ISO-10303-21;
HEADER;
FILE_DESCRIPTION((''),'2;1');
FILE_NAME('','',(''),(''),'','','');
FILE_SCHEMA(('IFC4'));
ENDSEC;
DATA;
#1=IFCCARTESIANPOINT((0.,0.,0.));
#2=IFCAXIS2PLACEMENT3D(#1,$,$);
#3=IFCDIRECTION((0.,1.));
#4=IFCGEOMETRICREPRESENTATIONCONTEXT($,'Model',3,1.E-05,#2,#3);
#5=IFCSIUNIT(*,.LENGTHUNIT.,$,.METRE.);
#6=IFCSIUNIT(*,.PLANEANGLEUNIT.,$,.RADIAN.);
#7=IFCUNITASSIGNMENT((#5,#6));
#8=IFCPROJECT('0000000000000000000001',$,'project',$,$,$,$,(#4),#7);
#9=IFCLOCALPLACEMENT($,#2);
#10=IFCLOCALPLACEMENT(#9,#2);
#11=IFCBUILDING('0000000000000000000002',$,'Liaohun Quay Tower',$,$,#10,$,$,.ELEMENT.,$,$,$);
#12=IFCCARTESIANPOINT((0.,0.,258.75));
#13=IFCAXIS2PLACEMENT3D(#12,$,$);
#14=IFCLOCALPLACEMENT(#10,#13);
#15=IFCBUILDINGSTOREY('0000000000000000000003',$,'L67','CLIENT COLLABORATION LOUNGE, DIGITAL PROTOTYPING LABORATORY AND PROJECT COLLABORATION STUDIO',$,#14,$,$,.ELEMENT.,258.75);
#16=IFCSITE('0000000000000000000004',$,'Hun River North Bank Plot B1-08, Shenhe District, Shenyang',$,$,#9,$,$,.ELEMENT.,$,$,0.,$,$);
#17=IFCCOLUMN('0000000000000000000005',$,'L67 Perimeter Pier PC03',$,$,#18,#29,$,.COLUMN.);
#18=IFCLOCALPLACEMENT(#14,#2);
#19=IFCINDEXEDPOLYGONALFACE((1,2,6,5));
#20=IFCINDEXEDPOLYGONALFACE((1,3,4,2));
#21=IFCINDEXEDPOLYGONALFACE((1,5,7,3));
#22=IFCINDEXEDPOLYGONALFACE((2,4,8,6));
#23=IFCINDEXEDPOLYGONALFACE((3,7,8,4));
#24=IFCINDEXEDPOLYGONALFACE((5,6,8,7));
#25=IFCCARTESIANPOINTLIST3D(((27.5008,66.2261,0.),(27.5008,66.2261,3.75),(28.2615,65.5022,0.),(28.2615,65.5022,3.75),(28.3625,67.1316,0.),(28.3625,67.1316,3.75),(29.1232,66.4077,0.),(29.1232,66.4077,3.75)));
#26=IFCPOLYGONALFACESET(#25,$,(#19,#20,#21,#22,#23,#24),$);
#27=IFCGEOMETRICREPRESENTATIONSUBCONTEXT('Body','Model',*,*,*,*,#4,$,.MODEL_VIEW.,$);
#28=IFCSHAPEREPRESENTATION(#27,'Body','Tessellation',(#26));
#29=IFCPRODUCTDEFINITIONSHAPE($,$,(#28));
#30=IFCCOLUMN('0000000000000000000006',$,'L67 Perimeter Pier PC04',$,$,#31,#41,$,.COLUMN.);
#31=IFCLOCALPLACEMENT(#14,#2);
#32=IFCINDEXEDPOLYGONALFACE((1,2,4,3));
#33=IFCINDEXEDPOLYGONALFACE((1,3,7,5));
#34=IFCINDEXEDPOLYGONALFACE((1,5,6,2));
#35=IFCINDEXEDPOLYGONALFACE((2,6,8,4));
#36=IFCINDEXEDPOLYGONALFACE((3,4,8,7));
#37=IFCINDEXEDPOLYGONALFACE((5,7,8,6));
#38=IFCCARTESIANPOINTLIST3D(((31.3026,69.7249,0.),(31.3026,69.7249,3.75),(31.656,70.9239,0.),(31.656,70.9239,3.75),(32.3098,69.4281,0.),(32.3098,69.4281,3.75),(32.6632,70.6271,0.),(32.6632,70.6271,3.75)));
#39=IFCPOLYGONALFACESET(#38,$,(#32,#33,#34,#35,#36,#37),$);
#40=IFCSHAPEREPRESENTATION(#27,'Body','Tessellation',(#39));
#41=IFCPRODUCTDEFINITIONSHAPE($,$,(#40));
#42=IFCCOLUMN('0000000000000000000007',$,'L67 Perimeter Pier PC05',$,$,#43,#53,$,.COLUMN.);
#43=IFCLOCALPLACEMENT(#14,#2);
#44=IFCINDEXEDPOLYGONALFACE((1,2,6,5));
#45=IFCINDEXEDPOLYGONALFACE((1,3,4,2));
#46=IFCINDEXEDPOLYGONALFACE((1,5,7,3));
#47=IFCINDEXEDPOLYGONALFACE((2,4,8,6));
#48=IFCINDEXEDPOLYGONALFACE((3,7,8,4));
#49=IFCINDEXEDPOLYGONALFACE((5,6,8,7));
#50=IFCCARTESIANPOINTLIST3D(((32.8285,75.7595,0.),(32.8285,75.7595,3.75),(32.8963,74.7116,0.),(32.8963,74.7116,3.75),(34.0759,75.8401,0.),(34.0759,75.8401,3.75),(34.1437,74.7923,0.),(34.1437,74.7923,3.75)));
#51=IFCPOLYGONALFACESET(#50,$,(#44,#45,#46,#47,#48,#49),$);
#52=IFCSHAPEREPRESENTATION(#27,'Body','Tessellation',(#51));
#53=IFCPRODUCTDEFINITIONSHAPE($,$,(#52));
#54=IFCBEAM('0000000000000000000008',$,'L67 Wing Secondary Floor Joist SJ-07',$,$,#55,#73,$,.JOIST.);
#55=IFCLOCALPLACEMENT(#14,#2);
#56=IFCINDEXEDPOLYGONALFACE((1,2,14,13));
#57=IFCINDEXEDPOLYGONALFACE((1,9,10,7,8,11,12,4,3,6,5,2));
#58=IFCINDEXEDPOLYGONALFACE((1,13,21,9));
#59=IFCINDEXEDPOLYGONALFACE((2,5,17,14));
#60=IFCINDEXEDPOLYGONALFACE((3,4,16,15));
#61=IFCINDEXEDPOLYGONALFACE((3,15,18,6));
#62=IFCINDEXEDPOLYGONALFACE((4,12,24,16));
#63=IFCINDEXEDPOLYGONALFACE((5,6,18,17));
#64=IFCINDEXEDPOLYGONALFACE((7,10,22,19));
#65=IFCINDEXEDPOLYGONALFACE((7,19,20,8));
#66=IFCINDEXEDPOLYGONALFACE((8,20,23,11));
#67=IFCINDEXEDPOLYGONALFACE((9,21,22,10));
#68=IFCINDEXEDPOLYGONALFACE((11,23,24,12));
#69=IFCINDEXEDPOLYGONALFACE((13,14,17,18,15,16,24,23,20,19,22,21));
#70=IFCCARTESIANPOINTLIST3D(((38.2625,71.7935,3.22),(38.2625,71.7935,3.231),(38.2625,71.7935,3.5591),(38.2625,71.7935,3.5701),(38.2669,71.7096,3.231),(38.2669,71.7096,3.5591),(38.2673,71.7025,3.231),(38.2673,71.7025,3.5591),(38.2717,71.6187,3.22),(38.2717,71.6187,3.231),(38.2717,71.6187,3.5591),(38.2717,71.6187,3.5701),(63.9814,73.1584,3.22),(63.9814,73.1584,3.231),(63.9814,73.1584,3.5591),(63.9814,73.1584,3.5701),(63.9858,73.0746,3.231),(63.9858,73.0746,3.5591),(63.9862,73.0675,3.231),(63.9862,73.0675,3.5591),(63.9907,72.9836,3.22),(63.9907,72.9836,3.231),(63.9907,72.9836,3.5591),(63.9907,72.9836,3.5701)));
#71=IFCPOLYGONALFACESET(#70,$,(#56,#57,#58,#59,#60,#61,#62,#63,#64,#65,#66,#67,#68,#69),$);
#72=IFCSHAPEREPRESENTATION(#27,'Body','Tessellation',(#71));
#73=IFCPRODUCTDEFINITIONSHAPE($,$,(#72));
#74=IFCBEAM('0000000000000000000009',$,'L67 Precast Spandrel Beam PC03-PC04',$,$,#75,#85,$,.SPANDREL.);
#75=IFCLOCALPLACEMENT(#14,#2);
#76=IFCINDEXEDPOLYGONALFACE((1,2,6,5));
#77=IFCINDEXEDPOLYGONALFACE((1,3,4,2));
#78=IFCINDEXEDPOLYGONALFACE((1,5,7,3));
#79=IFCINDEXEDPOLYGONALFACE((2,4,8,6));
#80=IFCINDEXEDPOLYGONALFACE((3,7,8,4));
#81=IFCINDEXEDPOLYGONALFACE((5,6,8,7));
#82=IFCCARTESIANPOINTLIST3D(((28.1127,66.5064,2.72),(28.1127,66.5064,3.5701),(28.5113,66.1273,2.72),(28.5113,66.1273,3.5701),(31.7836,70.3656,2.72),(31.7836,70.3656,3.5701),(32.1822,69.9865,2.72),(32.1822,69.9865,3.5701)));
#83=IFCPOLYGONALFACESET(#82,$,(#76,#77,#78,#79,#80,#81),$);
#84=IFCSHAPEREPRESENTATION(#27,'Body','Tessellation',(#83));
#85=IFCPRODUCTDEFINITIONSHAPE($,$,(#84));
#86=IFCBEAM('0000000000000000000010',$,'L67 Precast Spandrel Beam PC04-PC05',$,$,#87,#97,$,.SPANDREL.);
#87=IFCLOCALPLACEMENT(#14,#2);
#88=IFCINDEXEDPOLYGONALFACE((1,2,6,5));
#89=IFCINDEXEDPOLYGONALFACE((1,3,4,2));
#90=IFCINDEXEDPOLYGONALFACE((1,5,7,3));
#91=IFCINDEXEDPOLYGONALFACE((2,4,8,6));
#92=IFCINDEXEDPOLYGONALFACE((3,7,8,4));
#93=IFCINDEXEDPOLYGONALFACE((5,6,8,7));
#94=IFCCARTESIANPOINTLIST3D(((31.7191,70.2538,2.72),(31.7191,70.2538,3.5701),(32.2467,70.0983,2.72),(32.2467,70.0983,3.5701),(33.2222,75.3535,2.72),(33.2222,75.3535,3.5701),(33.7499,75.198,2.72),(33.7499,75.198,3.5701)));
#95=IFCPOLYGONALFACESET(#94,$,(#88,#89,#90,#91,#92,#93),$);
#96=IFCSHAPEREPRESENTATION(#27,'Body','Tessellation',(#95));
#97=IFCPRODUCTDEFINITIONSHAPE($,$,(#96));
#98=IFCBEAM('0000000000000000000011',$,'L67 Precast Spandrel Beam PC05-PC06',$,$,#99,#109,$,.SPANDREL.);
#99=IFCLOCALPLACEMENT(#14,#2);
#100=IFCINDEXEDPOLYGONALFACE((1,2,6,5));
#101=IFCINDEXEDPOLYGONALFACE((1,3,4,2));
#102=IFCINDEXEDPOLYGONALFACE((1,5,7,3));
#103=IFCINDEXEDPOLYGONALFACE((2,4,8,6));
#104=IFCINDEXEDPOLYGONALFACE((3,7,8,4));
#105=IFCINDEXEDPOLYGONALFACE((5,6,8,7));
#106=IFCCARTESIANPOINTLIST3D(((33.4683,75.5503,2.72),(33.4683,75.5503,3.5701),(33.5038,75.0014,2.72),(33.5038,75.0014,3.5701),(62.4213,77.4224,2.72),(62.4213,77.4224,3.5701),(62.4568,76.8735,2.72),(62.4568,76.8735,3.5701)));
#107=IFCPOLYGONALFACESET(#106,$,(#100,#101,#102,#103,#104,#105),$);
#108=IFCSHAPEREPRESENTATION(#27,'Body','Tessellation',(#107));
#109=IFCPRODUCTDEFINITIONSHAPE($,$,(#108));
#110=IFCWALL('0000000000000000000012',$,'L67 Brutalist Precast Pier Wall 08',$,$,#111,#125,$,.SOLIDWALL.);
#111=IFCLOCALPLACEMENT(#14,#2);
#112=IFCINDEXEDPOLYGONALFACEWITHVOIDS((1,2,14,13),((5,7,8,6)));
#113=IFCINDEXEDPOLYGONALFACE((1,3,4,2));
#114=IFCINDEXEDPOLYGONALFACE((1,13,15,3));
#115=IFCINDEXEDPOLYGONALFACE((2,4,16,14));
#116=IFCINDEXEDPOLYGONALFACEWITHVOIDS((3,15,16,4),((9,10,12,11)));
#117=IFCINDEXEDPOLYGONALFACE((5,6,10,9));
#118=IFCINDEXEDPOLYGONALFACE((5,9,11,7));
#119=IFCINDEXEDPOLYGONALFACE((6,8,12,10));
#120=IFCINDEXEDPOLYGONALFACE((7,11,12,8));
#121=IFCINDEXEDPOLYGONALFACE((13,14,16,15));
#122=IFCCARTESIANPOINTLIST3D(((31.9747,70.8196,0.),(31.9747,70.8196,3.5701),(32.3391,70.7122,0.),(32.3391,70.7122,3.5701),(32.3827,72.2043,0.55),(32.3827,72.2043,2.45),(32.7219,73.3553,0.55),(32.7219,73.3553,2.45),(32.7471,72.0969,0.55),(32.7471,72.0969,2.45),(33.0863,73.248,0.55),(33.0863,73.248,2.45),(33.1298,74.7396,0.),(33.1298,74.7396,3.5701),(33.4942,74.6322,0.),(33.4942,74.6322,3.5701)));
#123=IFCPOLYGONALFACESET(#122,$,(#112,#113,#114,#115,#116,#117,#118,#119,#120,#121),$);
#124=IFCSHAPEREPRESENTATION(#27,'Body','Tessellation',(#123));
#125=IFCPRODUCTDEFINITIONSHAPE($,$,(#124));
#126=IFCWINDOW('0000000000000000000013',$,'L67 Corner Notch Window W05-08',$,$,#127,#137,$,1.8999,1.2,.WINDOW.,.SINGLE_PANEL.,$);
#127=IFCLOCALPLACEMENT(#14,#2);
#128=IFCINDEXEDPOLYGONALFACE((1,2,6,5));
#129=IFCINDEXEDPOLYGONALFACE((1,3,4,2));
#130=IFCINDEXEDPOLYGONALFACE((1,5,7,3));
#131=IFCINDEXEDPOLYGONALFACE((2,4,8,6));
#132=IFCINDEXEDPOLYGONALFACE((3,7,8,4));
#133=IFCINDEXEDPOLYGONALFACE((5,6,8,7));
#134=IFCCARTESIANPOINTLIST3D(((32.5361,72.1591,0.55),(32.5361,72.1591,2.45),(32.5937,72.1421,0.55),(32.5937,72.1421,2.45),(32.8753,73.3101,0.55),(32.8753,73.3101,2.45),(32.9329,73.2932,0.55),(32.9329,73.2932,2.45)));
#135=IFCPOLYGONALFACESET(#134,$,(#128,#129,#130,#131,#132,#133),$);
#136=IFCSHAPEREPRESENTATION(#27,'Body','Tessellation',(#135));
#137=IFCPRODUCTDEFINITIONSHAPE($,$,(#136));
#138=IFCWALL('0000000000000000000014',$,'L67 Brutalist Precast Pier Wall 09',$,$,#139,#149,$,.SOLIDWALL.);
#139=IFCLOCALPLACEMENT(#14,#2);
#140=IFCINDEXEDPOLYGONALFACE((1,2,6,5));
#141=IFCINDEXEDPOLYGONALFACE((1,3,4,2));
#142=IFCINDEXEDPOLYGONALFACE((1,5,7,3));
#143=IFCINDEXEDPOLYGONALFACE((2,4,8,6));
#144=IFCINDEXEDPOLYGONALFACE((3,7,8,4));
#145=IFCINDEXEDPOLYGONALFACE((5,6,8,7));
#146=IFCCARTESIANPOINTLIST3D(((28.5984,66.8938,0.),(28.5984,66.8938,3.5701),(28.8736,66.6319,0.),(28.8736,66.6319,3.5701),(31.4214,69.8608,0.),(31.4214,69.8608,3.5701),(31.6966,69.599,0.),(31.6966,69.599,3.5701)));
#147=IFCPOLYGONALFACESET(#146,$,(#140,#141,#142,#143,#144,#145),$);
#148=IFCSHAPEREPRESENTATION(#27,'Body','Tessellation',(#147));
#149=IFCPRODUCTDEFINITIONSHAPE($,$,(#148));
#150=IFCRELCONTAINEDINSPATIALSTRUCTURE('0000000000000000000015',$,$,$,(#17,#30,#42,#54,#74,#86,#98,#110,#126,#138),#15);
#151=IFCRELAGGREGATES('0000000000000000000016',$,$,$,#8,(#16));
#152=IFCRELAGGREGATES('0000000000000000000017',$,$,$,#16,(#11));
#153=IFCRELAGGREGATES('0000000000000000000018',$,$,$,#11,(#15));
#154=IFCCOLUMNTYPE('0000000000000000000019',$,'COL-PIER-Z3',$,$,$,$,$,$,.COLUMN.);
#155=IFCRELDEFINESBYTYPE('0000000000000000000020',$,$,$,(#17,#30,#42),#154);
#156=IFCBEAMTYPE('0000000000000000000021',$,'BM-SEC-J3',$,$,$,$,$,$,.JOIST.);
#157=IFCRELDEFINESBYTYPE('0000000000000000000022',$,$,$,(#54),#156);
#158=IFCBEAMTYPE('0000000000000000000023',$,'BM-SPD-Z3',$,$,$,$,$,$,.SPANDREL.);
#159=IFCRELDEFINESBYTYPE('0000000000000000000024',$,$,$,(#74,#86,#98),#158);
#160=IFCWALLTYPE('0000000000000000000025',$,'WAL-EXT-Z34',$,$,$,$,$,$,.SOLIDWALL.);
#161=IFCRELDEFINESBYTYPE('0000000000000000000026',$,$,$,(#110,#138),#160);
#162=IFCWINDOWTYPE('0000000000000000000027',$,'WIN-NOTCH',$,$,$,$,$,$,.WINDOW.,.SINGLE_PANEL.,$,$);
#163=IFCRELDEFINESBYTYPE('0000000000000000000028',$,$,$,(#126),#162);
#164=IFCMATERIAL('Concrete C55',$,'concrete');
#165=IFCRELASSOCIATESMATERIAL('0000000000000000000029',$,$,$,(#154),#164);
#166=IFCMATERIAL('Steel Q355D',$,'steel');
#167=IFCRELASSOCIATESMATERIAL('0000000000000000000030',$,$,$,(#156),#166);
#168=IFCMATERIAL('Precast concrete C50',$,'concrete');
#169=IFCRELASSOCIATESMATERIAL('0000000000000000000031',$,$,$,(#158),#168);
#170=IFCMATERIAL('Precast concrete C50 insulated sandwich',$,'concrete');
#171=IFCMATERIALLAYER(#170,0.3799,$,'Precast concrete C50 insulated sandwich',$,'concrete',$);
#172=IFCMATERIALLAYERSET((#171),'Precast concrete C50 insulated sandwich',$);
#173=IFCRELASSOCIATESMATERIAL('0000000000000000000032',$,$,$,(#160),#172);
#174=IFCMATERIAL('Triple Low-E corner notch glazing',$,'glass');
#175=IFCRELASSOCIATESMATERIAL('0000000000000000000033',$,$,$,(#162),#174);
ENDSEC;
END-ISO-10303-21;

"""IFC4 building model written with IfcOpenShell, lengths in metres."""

from ifc_helpers import new_model, si_unit, direction, frame, frame_2d, origin, origin_2d, place, context, subcontext, project, spatial, rectangle, i_section, extrude, source, transform, mapped, material, layer, layer_set, material_profile, profile_set, type_object, element, fill, save


model = new_model("IFC4")

# Units and contexts
model_context = context("Model", 3, precision=1e-05, world=origin(), true_north=direction((0.0, 1.0)))
body_context = subcontext(model_context, "Body", "Model", "MODEL_VIEW")
ifc_project = project(units=[si_unit("LENGTHUNIT", "METRE"), si_unit("PLANEANGLEUNIT", "RADIAN")], contexts=[model_context])

# Site, building, storey
site_placement = place(None, origin())
site = spatial("IfcSite", under=ifc_project, at=site_placement, Name="Hun River North Bank Plot B1-08, Shenhe District, Shenyang", CompositionType="ELEMENT", RefElevation=0.0)
building_placement = place(site_placement, origin())
building = spatial("IfcBuilding", under=site, at=building_placement, Name="Liaohun Quay Tower", CompositionType="ELEMENT")
storey_placement = place(building_placement, frame((0.0, 0.0, 258.75)))
storey = spatial("IfcBuildingStorey", under=building, at=storey_placement, Name="L67", Description="CLIENT COLLABORATION LOUNGE, DIGITAL PROTOTYPING LABORATORY AND PROJECT COLLABORATION STUDIO", CompositionType="ELEMENT", Elevation=258.75)

# Columns
ifc_material_1 = material(Name="Concrete C55", Category="concrete")
ifc_material_profile_1 = material_profile(ifc_material_1, rectangle(XDim=1.25, YDim=1.05, at=origin_2d()), Name="RC1250x1050")
ifc_profile_set_1 = profile_set([ifc_material_profile_1], Name="Concrete C55")
column_type = type_object("IfcColumnType", Name="COL-PIER-Z3", PredefinedType="COLUMN", material=ifc_profile_set_1)
shared_shape_1 = source(origin(), body_context, "Body", "SweptSolid", [
    extrude(rectangle(XDim=1.25, YDim=1.05, at=origin_2d()), origin(), (0.0, 0.0, 1.0), 3.75),
])
for number, where, z_axis, x_axis, name in (
    (1, (28.312, 66.3169, 0.0), (0.0, 0.0, 1.0), (0.689367, 0.724413, 0.0), "L67 Perimeter Pier PC03"),
    (2, (31.9829, 70.176, 0.0), (0.0, 0.0, 1.0), (0.282676, 0.959215, 0.0), "L67 Perimeter Pier PC04"),
    (3, (33.4861, 75.2759, 0.0), (0.0, 0.0, 1.0), (0.997916, 0.064532, 0.0), "L67 Perimeter Pier PC05"),
):
    element("IfcColumn", number, at=place(storey_placement, frame(where, z_axis=z_axis, x_axis=x_axis)), inside=storey, type_object=column_type, Name=name, PredefinedType="COLUMN", context=body_context, shape_type="MappedRepresentation", body=[
        mapped(shared_shape_1, transform((0.0, 0.0, 0.0), x_axis=(1.0, 0.0, 0.0), y_axis=(0.0, 1.0, 0.0), z_axis=(0.0, 0.0, 1.0), scale=1.0)),
    ])

# Beams
ifc_material_2 = material(Name="Steel Q355D", Category="steel")
ifc_material_profile_2 = material_profile(ifc_material_2, i_section(OverallWidth=0.175, OverallDepth=0.3501, WebThickness=0.0071, FlangeThickness=0.011, at=origin_2d()), Name="HN350x175x7x11")
ifc_profile_set_2 = profile_set([ifc_material_profile_2], Name="Steel Q355D")
beam_type_1 = type_object("IfcBeamType", Name="BM-SEC-J3", PredefinedType="JOIST", material=ifc_profile_set_2)
shared_shape_2 = source(origin(), body_context, "Body", "SweptSolid", [
    extrude(i_section(OverallWidth=0.175, OverallDepth=0.3501, WebThickness=0.0071, FlangeThickness=0.011, at=origin_2d()), origin(), (0.0, 0.0, 1.0), 25.7551),
])
beam_1_placement = place(storey_placement, frame((38.2671, 71.7061, 3.395), z_axis=(0.998595, 0.052999, 0.0), x_axis=(-0.052999, 0.998595, 0.0)))
element("IfcBeam", 4, at=beam_1_placement, inside=storey, type_object=beam_type_1, Name="L67 Wing Secondary Floor Joist SJ-07", PredefinedType="JOIST", context=body_context, shape_type="MappedRepresentation", body=[
    mapped(shared_shape_2, transform((0.0, 0.0, 0.0), x_axis=(1.0, 0.0, 0.0), y_axis=(0.0, 1.0, 0.0), z_axis=(0.0, 0.0, 1.0), scale=1.0)),
])
ifc_material_3 = material(Name="Precast concrete C50", Category="concrete")
ifc_material_profile_3 = material_profile(ifc_material_3, rectangle(XDim=0.55, YDim=0.8501, at=origin_2d()), Name="RC550x850")
ifc_profile_set_3 = profile_set([ifc_material_profile_3], Name="Precast concrete C50")
beam_type_2 = type_object("IfcBeamType", Name="BM-SPD-Z3", PredefinedType="SPANDREL", material=ifc_profile_set_3)
shared_shape_3 = source(origin(), body_context, "Body", "SweptSolid", [
    extrude(rectangle(XDim=0.55, YDim=0.8501, at=origin_2d()), origin(), (0.0, 0.0, 1.0), 5.3262),
])
beam_2_placement = place(storey_placement, frame((28.312, 66.3169, 3.145), z_axis=(0.689216, 0.724556, 0.0), x_axis=(-0.724556, 0.689216, 0.0)))
element("IfcBeam", 5, at=beam_2_placement, inside=storey, type_object=beam_type_2, Name="L67 Precast Spandrel Beam PC03-PC04", PredefinedType="SPANDREL", context=body_context, shape_type="MappedRepresentation", body=[
    mapped(shared_shape_3, transform((0.0, 0.0, 0.0), x_axis=(1.0, 0.0, 0.0), y_axis=(0.0, 1.0, 0.0), z_axis=(0.0, 0.0, 1.0), scale=1.0)),
])
shared_shape_4 = source(origin(), body_context, "Body", "SweptSolid", [
    extrude(rectangle(XDim=0.55, YDim=0.8501, at=origin_2d()), origin(), (0.0, 0.0, 1.0), 5.3167),
])
beam_3_placement = place(storey_placement, frame((31.9829, 70.176, 3.145), z_axis=(0.282723, 0.959202, 0.0), x_axis=(-0.959202, 0.282723, 0.0)))
element("IfcBeam", 6, at=beam_3_placement, inside=storey, type_object=beam_type_2, Name="L67 Precast Spandrel Beam PC04-PC05", PredefinedType="SPANDREL", context=body_context, shape_type="MappedRepresentation", body=[
    mapped(shared_shape_4, transform((0.0, 0.0, 0.0), x_axis=(1.0, 0.0, 0.0), y_axis=(0.0, 1.0, 0.0), z_axis=(0.0, 0.0, 1.0), scale=1.0)),
])
shared_shape_5 = source(origin(), body_context, "Body", "SweptSolid", [
    extrude(rectangle(XDim=0.55, YDim=0.8501, at=origin_2d()), origin(), (0.0, 0.0, 1.0), 29.0134),
])
beam_4_placement = place(storey_placement, frame((33.4861, 75.2759, 3.145), z_axis=(0.997916, 0.064524, 0.0), x_axis=(-0.064524, 0.997916, 0.0)))
element("IfcBeam", 7, at=beam_4_placement, inside=storey, type_object=beam_type_2, Name="L67 Precast Spandrel Beam PC05-PC06", PredefinedType="SPANDREL", context=body_context, shape_type="MappedRepresentation", body=[
    mapped(shared_shape_5, transform((0.0, 0.0, 0.0), x_axis=(1.0, 0.0, 0.0), y_axis=(0.0, 1.0, 0.0), z_axis=(0.0, 0.0, 1.0), scale=1.0)),
])

# Wall, opening, window
ifc_material_4 = material(Name="Precast concrete C50 insulated sandwich", Category="concrete")
ifc_layer_1 = layer(ifc_material_4, 0.3799, Name="Precast concrete C50 insulated sandwich", Category="concrete")
ifc_layer_set_1 = layer_set([ifc_layer_1], Name="Precast concrete C50 insulated sandwich")
wall_type_1 = type_object("IfcWallType", Name="WAL-EXT-Z34", PredefinedType="SOLIDWALL", material=ifc_layer_set_1)
wall_1_placement = place(storey_placement, frame((33.312, 74.686, 0.0), z_axis=(0.0, 0.0, 1.0), x_axis=(-0.282642, -0.959226, 0.0)))
wall_1 = element("IfcWall", 8, at=wall_1_placement, inside=storey, type_object=wall_type_1, Name="L67 Brutalist Precast Pier Wall 08", PredefinedType="SOLIDWALL", context=body_context, shape_type="SweptSolid", body=[
    extrude(rectangle(XDim=4.0867, YDim=0.3799, at=frame_2d((2.0435, 0.0))), origin(), (0.0, 0.0, 1.0), 3.5701),
])
shared_shape_6 = source(origin(), body_context, "Body", "SweptSolid", [
    extrude(rectangle(XDim=1.2, YDim=1.8999, at=frame_2d((0.6001, 0.95))), frame((0.0, 0.2, 0.0), z_axis=(0.0, -1.0, 0.0), x_axis=(1.0, 0.0, 0.0)), (0.0, 0.0, 1.0), 0.3999),
])
opening_1_placement = place(wall_1_placement, frame((1.4431, 0.0, 0.55)))
opening_1 = element("IfcOpeningElement", 9, at=opening_1_placement, cuts=wall_1, PredefinedType="OPENING", context=body_context, shape_type="MappedRepresentation", body=[
    mapped(shared_shape_6, transform((0.0, 0.0, 0.0), x_axis=(1.0, 0.0, 0.0), y_axis=(0.0, 1.0, 0.0), z_axis=(0.0, 0.0, 1.0), scale=1.0)),
])
ifc_material_5 = material(Name="Triple Low-E corner notch glazing", Category="glass")
window_type_1 = type_object("IfcWindowType", Name="WIN-NOTCH", PartitioningType="SINGLE_PANEL", PredefinedType="WINDOW", material=ifc_material_5)
shared_shape_7 = source(origin(), body_context, "Body", "SweptSolid", [
    extrude(rectangle(XDim=1.2, YDim=1.8999, at=frame_2d((0.6001, 0.95))), frame((0.0, 0.03, 0.0), z_axis=(0.0, -1.0, 0.0), x_axis=(1.0, 0.0, 0.0)), (0.0, 0.0, 1.0), 0.0601),
])
window_1_placement = place(opening_1_placement, origin())
window_1 = element("IfcWindow", 10, at=window_1_placement, inside=storey, type_object=window_type_1, Name="L67 Corner Notch Window W05-08", OverallHeight=1.8999, OverallWidth=1.2, PartitioningType="SINGLE_PANEL", PredefinedType="WINDOW", context=body_context, shape_type="MappedRepresentation", body=[
    mapped(shared_shape_7, transform((0.0, 0.0, 0.0), x_axis=(1.0, 0.0, 0.0), y_axis=(0.0, 1.0, 0.0), z_axis=(0.0, 0.0, 1.0), scale=1.0)),
])
fill(opening_1, window_1)

# Wall
wall_2_placement = place(storey_placement, frame((31.5591, 69.73, 0.0), z_axis=(0.0, 0.0, 1.0), x_axis=(-0.689302, -0.724474, 0.0)))
element("IfcWall", 11, at=wall_2_placement, inside=storey, type_object=wall_type_1, Name="L67 Brutalist Precast Pier Wall 09", PredefinedType="SOLIDWALL", context=body_context, shape_type="SweptSolid", body=[
    extrude(rectangle(XDim=4.0955, YDim=0.3799, at=frame_2d((2.0479, 0.0))), origin(), (0.0, 0.0, 1.0), 3.5701),
])

save(model, "model.ifc")
